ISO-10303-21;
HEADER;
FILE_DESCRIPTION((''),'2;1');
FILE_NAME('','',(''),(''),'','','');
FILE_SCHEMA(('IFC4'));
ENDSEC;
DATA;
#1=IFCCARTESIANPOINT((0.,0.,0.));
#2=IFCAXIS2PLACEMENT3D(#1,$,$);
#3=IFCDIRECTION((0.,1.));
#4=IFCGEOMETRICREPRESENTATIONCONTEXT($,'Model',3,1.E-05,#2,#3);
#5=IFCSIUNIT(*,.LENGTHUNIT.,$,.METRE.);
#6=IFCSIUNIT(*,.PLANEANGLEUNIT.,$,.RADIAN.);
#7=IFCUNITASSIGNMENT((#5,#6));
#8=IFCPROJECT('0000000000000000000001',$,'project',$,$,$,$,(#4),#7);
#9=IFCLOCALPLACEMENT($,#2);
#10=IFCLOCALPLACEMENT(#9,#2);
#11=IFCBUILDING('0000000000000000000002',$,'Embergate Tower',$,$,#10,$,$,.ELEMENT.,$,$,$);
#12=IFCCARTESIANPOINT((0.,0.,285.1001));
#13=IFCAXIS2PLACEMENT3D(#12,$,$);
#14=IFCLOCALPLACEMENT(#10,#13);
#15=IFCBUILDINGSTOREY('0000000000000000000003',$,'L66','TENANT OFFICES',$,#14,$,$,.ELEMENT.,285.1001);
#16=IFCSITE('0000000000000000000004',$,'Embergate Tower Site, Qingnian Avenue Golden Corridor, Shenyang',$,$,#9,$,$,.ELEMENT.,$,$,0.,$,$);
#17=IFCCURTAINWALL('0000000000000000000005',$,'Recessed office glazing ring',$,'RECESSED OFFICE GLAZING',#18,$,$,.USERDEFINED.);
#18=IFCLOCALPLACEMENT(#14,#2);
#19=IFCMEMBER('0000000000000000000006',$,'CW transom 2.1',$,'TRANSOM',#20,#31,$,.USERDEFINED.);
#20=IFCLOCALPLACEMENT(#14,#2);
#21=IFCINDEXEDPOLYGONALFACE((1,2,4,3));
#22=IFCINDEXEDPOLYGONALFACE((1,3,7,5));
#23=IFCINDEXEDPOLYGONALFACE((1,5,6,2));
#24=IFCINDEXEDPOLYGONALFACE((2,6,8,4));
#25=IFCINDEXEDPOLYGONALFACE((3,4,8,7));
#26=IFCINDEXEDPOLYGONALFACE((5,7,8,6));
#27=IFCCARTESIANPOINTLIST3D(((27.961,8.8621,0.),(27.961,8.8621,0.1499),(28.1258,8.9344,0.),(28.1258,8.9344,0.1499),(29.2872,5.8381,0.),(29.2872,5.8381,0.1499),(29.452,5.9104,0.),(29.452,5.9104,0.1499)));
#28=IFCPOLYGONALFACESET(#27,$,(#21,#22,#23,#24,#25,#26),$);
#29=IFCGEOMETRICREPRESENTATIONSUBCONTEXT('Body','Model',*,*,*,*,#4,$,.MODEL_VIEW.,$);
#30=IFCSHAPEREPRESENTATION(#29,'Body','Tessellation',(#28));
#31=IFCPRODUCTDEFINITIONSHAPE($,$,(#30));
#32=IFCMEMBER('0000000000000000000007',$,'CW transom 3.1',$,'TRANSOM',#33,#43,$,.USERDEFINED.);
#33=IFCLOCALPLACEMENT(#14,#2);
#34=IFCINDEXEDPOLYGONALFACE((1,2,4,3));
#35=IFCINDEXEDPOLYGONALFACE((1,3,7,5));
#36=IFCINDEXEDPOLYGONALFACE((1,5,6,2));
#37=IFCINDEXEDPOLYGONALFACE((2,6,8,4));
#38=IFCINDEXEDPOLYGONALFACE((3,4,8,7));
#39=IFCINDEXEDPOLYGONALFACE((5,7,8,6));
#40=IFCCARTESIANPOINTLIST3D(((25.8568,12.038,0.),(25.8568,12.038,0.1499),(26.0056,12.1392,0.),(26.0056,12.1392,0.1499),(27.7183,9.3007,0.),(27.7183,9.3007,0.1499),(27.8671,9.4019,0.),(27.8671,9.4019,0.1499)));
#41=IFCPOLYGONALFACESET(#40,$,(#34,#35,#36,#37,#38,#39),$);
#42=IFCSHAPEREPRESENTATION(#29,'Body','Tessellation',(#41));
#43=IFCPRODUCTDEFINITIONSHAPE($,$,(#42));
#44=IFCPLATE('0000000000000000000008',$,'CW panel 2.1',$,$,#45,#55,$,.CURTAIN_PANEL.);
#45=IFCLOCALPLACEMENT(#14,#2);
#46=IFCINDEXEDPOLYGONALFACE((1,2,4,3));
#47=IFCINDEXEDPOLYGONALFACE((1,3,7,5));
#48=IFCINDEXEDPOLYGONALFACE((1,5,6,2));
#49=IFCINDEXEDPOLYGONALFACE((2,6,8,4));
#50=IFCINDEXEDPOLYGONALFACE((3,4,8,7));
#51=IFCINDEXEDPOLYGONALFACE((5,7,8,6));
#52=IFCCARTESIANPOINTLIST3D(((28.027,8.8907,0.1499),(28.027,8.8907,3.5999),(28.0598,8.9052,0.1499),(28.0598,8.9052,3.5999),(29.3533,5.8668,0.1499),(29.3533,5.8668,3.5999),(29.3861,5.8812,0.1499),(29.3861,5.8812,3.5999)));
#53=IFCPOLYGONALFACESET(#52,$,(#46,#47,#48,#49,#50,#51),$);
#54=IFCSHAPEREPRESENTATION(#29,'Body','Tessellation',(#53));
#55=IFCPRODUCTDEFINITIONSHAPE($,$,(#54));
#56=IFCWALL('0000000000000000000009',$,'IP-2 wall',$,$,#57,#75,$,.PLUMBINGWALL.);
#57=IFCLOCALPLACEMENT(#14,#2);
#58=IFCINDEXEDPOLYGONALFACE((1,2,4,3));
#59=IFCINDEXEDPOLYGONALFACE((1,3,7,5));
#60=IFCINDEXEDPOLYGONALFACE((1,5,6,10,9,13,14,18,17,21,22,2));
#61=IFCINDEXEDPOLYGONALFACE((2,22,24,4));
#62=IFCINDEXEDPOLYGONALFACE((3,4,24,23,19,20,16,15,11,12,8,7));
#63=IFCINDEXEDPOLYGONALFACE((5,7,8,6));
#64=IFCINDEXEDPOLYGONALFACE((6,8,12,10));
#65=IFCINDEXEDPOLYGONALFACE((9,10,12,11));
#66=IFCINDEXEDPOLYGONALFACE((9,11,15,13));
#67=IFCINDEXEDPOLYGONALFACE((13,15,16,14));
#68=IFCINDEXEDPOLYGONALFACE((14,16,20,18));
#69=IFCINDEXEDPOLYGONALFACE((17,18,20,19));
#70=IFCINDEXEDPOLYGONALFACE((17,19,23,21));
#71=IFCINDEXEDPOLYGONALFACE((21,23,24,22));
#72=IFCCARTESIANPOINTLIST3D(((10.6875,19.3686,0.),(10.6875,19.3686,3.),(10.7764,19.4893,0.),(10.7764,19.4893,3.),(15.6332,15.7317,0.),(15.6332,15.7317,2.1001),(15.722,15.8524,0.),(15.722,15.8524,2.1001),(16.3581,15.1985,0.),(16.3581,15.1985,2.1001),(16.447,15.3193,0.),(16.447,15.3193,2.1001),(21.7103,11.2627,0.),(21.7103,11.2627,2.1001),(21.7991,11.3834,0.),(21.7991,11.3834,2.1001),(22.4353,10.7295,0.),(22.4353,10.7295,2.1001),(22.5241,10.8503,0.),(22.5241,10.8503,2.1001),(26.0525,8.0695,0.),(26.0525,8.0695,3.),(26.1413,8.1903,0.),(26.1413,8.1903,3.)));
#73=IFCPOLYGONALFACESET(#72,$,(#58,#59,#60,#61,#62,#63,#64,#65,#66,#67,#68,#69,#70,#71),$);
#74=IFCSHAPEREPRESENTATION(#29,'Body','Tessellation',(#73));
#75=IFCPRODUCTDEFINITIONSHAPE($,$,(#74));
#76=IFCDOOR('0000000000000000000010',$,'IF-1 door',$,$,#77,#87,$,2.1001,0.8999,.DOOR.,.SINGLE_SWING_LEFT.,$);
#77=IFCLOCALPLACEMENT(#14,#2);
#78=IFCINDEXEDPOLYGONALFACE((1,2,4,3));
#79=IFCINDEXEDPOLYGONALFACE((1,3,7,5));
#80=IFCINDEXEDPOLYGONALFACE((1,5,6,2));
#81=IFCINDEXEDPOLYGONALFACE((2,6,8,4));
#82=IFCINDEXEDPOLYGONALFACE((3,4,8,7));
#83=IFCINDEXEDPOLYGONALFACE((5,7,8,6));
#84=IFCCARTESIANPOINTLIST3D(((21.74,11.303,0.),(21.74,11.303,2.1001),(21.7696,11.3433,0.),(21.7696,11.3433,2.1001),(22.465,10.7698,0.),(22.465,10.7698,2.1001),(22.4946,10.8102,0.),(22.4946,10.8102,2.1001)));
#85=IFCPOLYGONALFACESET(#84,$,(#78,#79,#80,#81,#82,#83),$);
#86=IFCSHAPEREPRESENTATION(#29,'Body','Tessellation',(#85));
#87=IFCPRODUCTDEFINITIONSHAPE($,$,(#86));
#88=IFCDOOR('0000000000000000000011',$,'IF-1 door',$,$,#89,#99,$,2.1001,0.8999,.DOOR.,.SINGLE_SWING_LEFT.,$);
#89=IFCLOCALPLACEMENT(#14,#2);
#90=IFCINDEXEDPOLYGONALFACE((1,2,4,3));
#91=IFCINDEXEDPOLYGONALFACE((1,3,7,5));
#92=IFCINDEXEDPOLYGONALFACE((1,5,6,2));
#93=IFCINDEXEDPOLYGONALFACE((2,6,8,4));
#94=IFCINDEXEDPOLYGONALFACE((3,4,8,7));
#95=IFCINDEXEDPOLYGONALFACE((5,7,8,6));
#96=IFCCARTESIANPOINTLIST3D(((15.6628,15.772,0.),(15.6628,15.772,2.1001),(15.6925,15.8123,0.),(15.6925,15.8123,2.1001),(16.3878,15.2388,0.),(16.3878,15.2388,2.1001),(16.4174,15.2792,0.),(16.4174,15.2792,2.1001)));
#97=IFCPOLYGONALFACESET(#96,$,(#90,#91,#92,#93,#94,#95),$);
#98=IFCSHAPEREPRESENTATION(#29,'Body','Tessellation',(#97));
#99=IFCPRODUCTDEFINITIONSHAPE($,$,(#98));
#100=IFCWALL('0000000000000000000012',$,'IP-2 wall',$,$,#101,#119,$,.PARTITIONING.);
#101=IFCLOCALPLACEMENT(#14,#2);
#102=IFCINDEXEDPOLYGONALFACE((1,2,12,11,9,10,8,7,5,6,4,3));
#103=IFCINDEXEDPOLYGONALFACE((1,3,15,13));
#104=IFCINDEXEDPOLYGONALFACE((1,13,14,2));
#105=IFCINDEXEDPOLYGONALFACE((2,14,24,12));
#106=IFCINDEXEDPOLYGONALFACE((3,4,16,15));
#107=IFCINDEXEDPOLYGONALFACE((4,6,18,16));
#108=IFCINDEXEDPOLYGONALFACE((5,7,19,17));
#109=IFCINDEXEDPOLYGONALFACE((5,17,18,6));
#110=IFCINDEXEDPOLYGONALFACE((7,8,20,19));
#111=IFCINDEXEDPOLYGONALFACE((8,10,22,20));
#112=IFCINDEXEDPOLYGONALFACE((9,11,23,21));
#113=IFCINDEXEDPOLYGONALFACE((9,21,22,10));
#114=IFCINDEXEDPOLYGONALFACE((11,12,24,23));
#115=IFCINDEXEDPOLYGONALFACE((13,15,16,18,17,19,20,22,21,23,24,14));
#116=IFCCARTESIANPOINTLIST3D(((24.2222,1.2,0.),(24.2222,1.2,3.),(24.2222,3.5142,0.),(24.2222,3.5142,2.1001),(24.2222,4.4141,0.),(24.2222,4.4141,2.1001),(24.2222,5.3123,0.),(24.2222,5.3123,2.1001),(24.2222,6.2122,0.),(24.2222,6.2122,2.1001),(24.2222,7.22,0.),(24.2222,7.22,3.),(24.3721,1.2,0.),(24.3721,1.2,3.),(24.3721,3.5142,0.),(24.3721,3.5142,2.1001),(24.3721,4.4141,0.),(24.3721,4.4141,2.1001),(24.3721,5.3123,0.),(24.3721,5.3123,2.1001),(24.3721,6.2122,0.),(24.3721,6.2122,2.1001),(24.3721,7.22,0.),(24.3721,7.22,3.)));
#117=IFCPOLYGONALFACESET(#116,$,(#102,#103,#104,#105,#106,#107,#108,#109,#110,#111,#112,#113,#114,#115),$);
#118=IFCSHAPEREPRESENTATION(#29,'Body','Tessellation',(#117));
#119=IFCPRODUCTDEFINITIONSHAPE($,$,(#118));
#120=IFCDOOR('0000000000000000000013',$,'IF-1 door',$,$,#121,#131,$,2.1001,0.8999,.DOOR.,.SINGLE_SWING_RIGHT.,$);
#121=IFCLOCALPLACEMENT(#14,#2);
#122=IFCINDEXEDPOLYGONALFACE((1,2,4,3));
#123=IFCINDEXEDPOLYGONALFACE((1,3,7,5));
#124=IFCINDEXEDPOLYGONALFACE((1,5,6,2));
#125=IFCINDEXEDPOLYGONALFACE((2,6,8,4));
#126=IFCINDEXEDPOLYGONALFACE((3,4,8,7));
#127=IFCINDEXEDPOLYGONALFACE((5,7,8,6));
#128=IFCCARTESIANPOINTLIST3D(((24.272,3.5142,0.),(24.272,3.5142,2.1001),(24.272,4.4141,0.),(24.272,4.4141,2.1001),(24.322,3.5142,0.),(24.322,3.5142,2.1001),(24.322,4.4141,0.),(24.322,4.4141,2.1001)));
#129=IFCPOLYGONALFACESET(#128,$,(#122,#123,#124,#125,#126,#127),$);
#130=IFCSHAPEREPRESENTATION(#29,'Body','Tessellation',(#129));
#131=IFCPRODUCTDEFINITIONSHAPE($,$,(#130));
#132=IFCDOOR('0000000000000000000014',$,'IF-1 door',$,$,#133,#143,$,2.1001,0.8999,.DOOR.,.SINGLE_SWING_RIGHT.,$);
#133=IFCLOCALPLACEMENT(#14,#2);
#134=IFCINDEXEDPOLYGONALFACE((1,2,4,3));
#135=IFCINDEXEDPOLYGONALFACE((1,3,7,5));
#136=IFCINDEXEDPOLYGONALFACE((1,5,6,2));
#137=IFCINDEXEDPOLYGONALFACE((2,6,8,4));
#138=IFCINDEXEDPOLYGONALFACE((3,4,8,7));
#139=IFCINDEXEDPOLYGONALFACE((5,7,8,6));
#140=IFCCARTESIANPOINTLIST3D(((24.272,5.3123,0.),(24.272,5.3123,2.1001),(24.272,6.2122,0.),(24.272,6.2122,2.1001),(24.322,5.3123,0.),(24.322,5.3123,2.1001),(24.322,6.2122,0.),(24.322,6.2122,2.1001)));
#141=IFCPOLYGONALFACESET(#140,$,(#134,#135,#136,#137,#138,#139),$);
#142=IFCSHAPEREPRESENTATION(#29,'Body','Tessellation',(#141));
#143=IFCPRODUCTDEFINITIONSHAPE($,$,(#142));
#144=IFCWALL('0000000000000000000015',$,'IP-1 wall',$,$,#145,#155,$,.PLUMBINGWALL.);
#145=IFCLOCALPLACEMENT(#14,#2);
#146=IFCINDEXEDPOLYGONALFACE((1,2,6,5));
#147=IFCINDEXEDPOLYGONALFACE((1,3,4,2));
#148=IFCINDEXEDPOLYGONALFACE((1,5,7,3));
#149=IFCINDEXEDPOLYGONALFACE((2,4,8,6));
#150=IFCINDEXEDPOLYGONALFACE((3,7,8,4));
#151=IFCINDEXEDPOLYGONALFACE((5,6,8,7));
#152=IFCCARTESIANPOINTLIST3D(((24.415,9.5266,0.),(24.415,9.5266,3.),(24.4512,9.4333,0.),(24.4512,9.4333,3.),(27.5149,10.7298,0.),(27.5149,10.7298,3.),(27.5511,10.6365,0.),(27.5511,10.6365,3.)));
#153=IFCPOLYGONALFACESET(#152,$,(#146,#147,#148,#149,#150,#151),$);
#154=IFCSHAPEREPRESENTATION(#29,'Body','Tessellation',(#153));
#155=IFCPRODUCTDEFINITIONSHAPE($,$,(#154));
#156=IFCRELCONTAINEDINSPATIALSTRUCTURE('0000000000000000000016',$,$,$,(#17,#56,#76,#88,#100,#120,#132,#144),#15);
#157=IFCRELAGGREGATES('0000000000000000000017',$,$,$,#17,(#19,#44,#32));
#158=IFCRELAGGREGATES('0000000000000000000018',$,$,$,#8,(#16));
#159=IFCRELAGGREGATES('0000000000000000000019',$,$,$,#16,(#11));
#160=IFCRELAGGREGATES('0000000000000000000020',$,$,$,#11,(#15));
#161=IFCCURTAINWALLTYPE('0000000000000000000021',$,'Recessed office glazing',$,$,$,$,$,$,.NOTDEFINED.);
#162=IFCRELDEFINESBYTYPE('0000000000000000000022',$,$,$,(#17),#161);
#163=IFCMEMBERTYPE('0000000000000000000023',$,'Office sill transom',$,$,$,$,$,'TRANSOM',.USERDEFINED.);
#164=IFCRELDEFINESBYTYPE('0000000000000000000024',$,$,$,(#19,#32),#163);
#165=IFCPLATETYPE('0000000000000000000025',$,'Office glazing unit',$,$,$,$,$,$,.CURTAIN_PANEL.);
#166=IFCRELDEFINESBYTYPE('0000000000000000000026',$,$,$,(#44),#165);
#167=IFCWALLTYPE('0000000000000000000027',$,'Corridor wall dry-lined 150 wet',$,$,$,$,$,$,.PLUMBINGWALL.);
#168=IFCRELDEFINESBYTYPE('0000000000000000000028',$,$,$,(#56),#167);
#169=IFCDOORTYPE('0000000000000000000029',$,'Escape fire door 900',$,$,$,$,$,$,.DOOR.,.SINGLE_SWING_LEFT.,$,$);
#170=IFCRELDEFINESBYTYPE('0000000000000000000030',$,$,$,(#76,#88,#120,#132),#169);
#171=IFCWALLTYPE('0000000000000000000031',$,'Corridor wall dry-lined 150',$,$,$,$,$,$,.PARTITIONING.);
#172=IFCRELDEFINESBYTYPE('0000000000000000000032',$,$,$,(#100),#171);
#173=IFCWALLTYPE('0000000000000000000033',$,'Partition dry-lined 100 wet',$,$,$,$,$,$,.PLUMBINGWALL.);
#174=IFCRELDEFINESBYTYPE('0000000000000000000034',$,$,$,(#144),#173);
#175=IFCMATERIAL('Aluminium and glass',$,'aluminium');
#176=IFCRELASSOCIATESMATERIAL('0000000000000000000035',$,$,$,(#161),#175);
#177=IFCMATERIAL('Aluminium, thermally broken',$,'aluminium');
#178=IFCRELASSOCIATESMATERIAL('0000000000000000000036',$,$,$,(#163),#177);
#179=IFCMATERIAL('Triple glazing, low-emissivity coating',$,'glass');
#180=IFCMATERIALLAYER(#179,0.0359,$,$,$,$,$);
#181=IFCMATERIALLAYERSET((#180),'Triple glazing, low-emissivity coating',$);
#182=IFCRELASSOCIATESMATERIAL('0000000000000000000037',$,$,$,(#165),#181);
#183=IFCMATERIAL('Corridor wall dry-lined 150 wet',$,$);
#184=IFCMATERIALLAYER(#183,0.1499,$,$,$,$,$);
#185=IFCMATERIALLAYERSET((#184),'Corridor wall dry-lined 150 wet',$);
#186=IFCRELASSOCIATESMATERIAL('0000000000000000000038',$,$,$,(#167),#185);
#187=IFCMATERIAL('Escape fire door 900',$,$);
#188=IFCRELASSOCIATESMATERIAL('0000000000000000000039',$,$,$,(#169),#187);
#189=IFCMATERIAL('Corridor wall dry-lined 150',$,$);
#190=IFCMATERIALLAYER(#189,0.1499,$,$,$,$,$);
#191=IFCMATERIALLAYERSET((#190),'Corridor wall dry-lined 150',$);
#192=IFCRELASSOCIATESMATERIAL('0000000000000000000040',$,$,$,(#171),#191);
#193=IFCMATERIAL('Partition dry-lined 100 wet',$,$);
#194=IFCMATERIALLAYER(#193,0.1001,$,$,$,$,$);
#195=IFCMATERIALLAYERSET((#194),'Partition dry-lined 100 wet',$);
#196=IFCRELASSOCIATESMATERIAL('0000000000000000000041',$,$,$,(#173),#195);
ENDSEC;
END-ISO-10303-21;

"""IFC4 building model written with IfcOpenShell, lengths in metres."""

from ifc_helpers import new_model, si_unit, direction, frame, frame_2d, origin, origin_2d, place, context, subcontext, project, spatial, rectangle, extrude, source, transform, mapped, material, layer, layer_set, material_profile, profile_set, type_object, element, fill, aggregate, save


model = new_model("IFC4")

# Units and contexts
model_context = context("Model", 3, precision=1e-05, world=origin(), true_north=direction((0.0, 1.0)))
body_context = subcontext(model_context, "Body", "Model", "MODEL_VIEW")
ifc_project = project(units=[si_unit("LENGTHUNIT", "METRE"), si_unit("PLANEANGLEUNIT", "RADIAN")], contexts=[model_context])

# Site, building, storey
site_placement = place(None, origin())
site = spatial("IfcSite", under=ifc_project, at=site_placement, Name="Embergate Tower Site, Qingnian Avenue Golden Corridor, Shenyang", CompositionType="ELEMENT", RefElevation=0.0)
building_placement = place(site_placement, origin())
building = spatial("IfcBuilding", under=site, at=building_placement, Name="Embergate Tower", CompositionType="ELEMENT")
storey_placement = place(building_placement, frame((0.0, 0.0, 285.1001)))
storey = spatial("IfcBuildingStorey", under=building, at=storey_placement, Name="L66", Description="TENANT OFFICES", CompositionType="ELEMENT", Elevation=285.1001)

# Curtain wall, members, plate
ifc_material_1 = material(Name="Aluminium and glass", Category="aluminium")
curtain_wall_type = type_object("IfcCurtainWallType", Name="Recessed office glazing", PredefinedType="NOTDEFINED", material=ifc_material_1)
curtain_wall_placement = place(storey_placement, origin())
curtain_wall = element("IfcCurtainWall", 1, at=curtain_wall_placement, inside=storey, type_object=curtain_wall_type, Name="Recessed office glazing ring", ObjectType="RECESSED OFFICE GLAZING", PredefinedType="USERDEFINED")
ifc_material_2 = material(Name="Aluminium, thermally broken", Category="aluminium")
ifc_material_profile_1 = material_profile(ifc_material_2, rectangle(XDim=0.1799, YDim=0.1499, at=origin_2d()), Name="AL 150x180")
ifc_profile_set_1 = profile_set([ifc_material_profile_1], Name="Aluminium, thermally broken")
member_type_1 = type_object("IfcMemberType", Name="Office sill transom", ElementType="TRANSOM", PredefinedType="USERDEFINED", material=ifc_profile_set_1)
shared_shape_1 = source(origin(), body_context, "Body", "SweptSolid", [
    extrude(rectangle(XDim=0.1799, YDim=0.1499, at=origin_2d()), origin(), (0.0, 0.0, 1.0), 3.302),
])
member_1_placement = place(storey_placement, frame((29.3696, 5.8743, 0.075), z_axis=(-0.401633, 0.915801, 0.0), x_axis=(-0.915801, -0.401633, 0.0)))
member_1 = element("IfcMember", 2, at=member_1_placement, type_object=member_type_1, Name="CW transom 2.1", ObjectType="TRANSOM", PredefinedType="USERDEFINED", context=body_context, shape_type="MappedRepresentation", body=[
    mapped(shared_shape_1, transform((0.0, 0.0, 0.0))),
])
shared_shape_2 = source(origin(), body_context, "Body", "SweptSolid", [
    extrude(rectangle(XDim=0.1799, YDim=0.1499, at=origin_2d()), origin(), (0.0, 0.0, 1.0), 3.3103),
])
member_2_placement = place(storey_placement, frame((27.7927, 9.3513, 0.075), z_axis=(-0.562352, 0.826898, 0.0), x_axis=(-0.826898, -0.562352, 0.0)))
member_2 = element("IfcMember", 3, at=member_2_placement, type_object=member_type_1, Name="CW transom 3.1", ObjectType="TRANSOM", PredefinedType="USERDEFINED", context=body_context, shape_type="MappedRepresentation", body=[
    mapped(shared_shape_2, transform((0.0, 0.0, 0.0))),
])
ifc_material_3 = material(Name="Triple glazing, low-emissivity coating", Category="glass")
ifc_layer_1 = layer(ifc_material_3, 0.0359)
ifc_layer_set_1 = layer_set([ifc_layer_1], Name="Triple glazing, low-emissivity coating")
plate_type = type_object("IfcPlateType", Name="Office glazing unit", PredefinedType="CURTAIN_PANEL", material=ifc_layer_set_1)
shared_shape_3 = source(origin(), body_context, "Body", "SweptSolid", [
    extrude(rectangle(XDim=3.302, YDim=0.0359, at=origin_2d()), origin(), (0.0, 0.0, 1.0), 3.45),
])
plate_placement = place(storey_placement, frame((28.7065, 7.386, 0.1499), z_axis=(0.0, 0.0, 1.0), x_axis=(-0.401663, 0.915787, 0.0)))
plate = element("IfcPlate", 4, at=plate_placement, type_object=plate_type, Name="CW panel 2.1", PredefinedType="CURTAIN_PANEL", context=body_context, shape_type="MappedRepresentation", body=[
    mapped(shared_shape_3, transform((0.0, 0.0, 0.0))),
])
aggregate(curtain_wall, [member_1, plate, member_2])

# Walls, openings, doors
ifc_material_4 = material(Name="Corridor wall dry-lined 150 wet")
ifc_layer_2 = layer(ifc_material_4, 0.1499)
ifc_layer_set_2 = layer_set([ifc_layer_2], Name="Corridor wall dry-lined 150 wet")
wall_type_1 = type_object("IfcWallType", Name="Corridor wall dry-lined 150 wet", PredefinedType="PLUMBINGWALL", material=ifc_layer_set_2)
shared_shape_4 = source(origin(), body_context, "Body", "SweptSolid", [
    extrude(rectangle(XDim=19.0723, YDim=0.1499, at=frame_2d((9.5361, 0.0))), origin(), (0.0, 0.0, 1.0), 3.0),
])
wall_1_placement = place(storey_placement, frame((26.0969, 8.1299, 0.0), z_axis=(0.0, 0.0, 1.0), x_axis=(-0.805619, 0.592434, 0.0)))
wall_1 = element("IfcWall", 5, at=wall_1_placement, inside=storey, type_object=wall_type_1, Name="IP-2 wall", PredefinedType="PLUMBINGWALL", context=body_context, shape_type="MappedRepresentation", body=[
    mapped(shared_shape_4, transform((0.0, 0.0, 0.0))),
])
shared_shape_5 = source(origin(), body_context, "Body", "SweptSolid", [
    extrude(rectangle(XDim=0.8999, YDim=2.1001, at=frame_2d((0.45, 1.05))), frame((0.0, 0.085, 0.0), z_axis=(0.0, -1.0, 0.0), x_axis=(1.0, 0.0, 0.0)), (0.0, 0.0, 1.0), 0.1699),
])
opening_1_placement = place(wall_1_placement, frame((4.49, 0.0, 0.0)))
opening_1 = element("IfcOpeningElement", 6, at=opening_1_placement, cuts=wall_1, PredefinedType="OPENING", context=body_context, shape_type="MappedRepresentation", body=[
    mapped(shared_shape_5, transform((0.0, 0.0, 0.0))),
])
opening_2_placement = place(wall_1_placement, frame((12.0334, 0.0, 0.0)))
opening_2 = element("IfcOpeningElement", 7, at=opening_2_placement, cuts=wall_1, PredefinedType="OPENING", context=body_context, shape_type="MappedRepresentation", body=[
    mapped(shared_shape_5, transform((0.0, 0.0, 0.0))),
])
ifc_material_5 = material(Name="Escape fire door 900")
door_type = type_object("IfcDoorType", Name="Escape fire door 900", OperationType="SINGLE_SWING_LEFT", PredefinedType="DOOR", material=ifc_material_5)
shared_shape_6 = source(origin(), body_context, "Body", "SweptSolid", [
    extrude(rectangle(XDim=0.8999, YDim=2.1001, at=frame_2d((0.45, 1.05))), frame((0.0, 0.0249, 0.0), z_axis=(0.0, -1.0, 0.0), x_axis=(1.0, 0.0, 0.0)), (0.0, 0.0, 1.0), 0.05),
])
door_1_placement = place(opening_1_placement, origin())
door_1 = element("IfcDoor", 8, at=door_1_placement, inside=storey, type_object=door_type, Name="IF-1 door", OperationType="SINGLE_SWING_LEFT", OverallHeight=2.1001, OverallWidth=0.8999, PredefinedType="DOOR", context=body_context, shape_type="MappedRepresentation", body=[
    mapped(shared_shape_6, transform((0.0, 0.0, 0.0))),
])
fill(opening_1, door_1)
door_2_placement = place(opening_2_placement, origin())
door_2 = element("IfcDoor", 9, at=door_2_placement, inside=storey, type_object=door_type, Name="IF-1 door", OperationType="SINGLE_SWING_LEFT", OverallHeight=2.1001, OverallWidth=0.8999, PredefinedType="DOOR", context=body_context, shape_type="MappedRepresentation", body=[
    mapped(shared_shape_6, transform((0.0, 0.0, 0.0))),
])
fill(opening_2, door_2)
ifc_material_6 = material(Name="Corridor wall dry-lined 150")
ifc_layer_3 = layer(ifc_material_6, 0.1499)
ifc_layer_set_3 = layer_set([ifc_layer_3], Name="Corridor wall dry-lined 150")
wall_type_2 = type_object("IfcWallType", Name="Corridor wall dry-lined 150", PredefinedType="PARTITIONING", material=ifc_layer_set_3)
shared_shape_7 = source(origin(), body_context, "Body", "SweptSolid", [
    extrude(rectangle(XDim=6.02, YDim=0.1499, at=frame_2d((3.01, 0.0))), origin(), (0.0, 0.0, 1.0), 3.0),
])
wall_2_placement = place(storey_placement, frame((24.2971, 7.22, 0.0), z_axis=(0.0, 0.0, 1.0), x_axis=(0.0, -1.0, 0.0)))
wall_2 = element("IfcWall", 10, at=wall_2_placement, inside=storey, type_object=wall_type_2, Name="IP-2 wall", PredefinedType="PARTITIONING", context=body_context, shape_type="MappedRepresentation", body=[
    mapped(shared_shape_7, transform((0.0, 0.0, 0.0))),
])
opening_3_placement = place(wall_2_placement, frame((2.8059, 0.0, 0.0)))
opening_3 = element("IfcOpeningElement", 11, at=opening_3_placement, cuts=wall_2, PredefinedType="OPENING", context=body_context, shape_type="MappedRepresentation", body=[
    mapped(shared_shape_5, transform((0.0, 0.0, 0.0))),
])
opening_4_placement = place(wall_2_placement, frame((1.0078, 0.0, 0.0)))
opening_4 = element("IfcOpeningElement", 12, at=opening_4_placement, cuts=wall_2, PredefinedType="OPENING", context=body_context, shape_type="MappedRepresentation", body=[
    mapped(shared_shape_5, transform((0.0, 0.0, 0.0))),
])
door_3_placement = place(opening_3_placement, origin())
door_3 = element("IfcDoor", 13, at=door_3_placement, inside=storey, type_object=door_type, Name="IF-1 door", OperationType="SINGLE_SWING_RIGHT", OverallHeight=2.1001, OverallWidth=0.8999, PredefinedType="DOOR", context=body_context, shape_type="MappedRepresentation", body=[
    mapped(shared_shape_6, transform((0.0, 0.0, 0.0))),
])
fill(opening_3, door_3)
door_4_placement = place(opening_4_placement, origin())
door_4 = element("IfcDoor", 14, at=door_4_placement, inside=storey, type_object=door_type, Name="IF-1 door", OperationType="SINGLE_SWING_RIGHT", OverallHeight=2.1001, OverallWidth=0.8999, PredefinedType="DOOR", context=body_context, shape_type="MappedRepresentation", body=[
    mapped(shared_shape_6, transform((0.0, 0.0, 0.0))),
])
fill(opening_4, door_4)

# Wall
ifc_material_7 = material(Name="Partition dry-lined 100 wet")
ifc_layer_4 = layer(ifc_material_7, 0.1001)
ifc_layer_set_4 = layer_set([ifc_layer_4], Name="Partition dry-lined 100 wet")
wall_type_3 = type_object("IfcWallType", Name="Partition dry-lined 100 wet", PredefinedType="PLUMBINGWALL", material=ifc_layer_set_4)
shared_shape_8 = source(origin(), body_context, "Body", "SweptSolid", [
    extrude(rectangle(XDim=3.3252, YDim=0.1001, at=frame_2d((1.6626, 0.0))), origin(), (0.0, 0.0, 1.0), 3.0),
])
wall_3_placement = place(storey_placement, frame((24.4331, 9.48, 0.0), z_axis=(0.0, 0.0, 1.0), x_axis=(0.932246, 0.361826, 0.0)))
element("IfcWall", 15, at=wall_3_placement, inside=storey, type_object=wall_type_3, Name="IP-1 wall", PredefinedType="PLUMBINGWALL", context=body_context, shape_type="MappedRepresentation", body=[
    mapped(shared_shape_8, transform((0.0, 0.0, 0.0))),
])

save(model, "model.ifc")
